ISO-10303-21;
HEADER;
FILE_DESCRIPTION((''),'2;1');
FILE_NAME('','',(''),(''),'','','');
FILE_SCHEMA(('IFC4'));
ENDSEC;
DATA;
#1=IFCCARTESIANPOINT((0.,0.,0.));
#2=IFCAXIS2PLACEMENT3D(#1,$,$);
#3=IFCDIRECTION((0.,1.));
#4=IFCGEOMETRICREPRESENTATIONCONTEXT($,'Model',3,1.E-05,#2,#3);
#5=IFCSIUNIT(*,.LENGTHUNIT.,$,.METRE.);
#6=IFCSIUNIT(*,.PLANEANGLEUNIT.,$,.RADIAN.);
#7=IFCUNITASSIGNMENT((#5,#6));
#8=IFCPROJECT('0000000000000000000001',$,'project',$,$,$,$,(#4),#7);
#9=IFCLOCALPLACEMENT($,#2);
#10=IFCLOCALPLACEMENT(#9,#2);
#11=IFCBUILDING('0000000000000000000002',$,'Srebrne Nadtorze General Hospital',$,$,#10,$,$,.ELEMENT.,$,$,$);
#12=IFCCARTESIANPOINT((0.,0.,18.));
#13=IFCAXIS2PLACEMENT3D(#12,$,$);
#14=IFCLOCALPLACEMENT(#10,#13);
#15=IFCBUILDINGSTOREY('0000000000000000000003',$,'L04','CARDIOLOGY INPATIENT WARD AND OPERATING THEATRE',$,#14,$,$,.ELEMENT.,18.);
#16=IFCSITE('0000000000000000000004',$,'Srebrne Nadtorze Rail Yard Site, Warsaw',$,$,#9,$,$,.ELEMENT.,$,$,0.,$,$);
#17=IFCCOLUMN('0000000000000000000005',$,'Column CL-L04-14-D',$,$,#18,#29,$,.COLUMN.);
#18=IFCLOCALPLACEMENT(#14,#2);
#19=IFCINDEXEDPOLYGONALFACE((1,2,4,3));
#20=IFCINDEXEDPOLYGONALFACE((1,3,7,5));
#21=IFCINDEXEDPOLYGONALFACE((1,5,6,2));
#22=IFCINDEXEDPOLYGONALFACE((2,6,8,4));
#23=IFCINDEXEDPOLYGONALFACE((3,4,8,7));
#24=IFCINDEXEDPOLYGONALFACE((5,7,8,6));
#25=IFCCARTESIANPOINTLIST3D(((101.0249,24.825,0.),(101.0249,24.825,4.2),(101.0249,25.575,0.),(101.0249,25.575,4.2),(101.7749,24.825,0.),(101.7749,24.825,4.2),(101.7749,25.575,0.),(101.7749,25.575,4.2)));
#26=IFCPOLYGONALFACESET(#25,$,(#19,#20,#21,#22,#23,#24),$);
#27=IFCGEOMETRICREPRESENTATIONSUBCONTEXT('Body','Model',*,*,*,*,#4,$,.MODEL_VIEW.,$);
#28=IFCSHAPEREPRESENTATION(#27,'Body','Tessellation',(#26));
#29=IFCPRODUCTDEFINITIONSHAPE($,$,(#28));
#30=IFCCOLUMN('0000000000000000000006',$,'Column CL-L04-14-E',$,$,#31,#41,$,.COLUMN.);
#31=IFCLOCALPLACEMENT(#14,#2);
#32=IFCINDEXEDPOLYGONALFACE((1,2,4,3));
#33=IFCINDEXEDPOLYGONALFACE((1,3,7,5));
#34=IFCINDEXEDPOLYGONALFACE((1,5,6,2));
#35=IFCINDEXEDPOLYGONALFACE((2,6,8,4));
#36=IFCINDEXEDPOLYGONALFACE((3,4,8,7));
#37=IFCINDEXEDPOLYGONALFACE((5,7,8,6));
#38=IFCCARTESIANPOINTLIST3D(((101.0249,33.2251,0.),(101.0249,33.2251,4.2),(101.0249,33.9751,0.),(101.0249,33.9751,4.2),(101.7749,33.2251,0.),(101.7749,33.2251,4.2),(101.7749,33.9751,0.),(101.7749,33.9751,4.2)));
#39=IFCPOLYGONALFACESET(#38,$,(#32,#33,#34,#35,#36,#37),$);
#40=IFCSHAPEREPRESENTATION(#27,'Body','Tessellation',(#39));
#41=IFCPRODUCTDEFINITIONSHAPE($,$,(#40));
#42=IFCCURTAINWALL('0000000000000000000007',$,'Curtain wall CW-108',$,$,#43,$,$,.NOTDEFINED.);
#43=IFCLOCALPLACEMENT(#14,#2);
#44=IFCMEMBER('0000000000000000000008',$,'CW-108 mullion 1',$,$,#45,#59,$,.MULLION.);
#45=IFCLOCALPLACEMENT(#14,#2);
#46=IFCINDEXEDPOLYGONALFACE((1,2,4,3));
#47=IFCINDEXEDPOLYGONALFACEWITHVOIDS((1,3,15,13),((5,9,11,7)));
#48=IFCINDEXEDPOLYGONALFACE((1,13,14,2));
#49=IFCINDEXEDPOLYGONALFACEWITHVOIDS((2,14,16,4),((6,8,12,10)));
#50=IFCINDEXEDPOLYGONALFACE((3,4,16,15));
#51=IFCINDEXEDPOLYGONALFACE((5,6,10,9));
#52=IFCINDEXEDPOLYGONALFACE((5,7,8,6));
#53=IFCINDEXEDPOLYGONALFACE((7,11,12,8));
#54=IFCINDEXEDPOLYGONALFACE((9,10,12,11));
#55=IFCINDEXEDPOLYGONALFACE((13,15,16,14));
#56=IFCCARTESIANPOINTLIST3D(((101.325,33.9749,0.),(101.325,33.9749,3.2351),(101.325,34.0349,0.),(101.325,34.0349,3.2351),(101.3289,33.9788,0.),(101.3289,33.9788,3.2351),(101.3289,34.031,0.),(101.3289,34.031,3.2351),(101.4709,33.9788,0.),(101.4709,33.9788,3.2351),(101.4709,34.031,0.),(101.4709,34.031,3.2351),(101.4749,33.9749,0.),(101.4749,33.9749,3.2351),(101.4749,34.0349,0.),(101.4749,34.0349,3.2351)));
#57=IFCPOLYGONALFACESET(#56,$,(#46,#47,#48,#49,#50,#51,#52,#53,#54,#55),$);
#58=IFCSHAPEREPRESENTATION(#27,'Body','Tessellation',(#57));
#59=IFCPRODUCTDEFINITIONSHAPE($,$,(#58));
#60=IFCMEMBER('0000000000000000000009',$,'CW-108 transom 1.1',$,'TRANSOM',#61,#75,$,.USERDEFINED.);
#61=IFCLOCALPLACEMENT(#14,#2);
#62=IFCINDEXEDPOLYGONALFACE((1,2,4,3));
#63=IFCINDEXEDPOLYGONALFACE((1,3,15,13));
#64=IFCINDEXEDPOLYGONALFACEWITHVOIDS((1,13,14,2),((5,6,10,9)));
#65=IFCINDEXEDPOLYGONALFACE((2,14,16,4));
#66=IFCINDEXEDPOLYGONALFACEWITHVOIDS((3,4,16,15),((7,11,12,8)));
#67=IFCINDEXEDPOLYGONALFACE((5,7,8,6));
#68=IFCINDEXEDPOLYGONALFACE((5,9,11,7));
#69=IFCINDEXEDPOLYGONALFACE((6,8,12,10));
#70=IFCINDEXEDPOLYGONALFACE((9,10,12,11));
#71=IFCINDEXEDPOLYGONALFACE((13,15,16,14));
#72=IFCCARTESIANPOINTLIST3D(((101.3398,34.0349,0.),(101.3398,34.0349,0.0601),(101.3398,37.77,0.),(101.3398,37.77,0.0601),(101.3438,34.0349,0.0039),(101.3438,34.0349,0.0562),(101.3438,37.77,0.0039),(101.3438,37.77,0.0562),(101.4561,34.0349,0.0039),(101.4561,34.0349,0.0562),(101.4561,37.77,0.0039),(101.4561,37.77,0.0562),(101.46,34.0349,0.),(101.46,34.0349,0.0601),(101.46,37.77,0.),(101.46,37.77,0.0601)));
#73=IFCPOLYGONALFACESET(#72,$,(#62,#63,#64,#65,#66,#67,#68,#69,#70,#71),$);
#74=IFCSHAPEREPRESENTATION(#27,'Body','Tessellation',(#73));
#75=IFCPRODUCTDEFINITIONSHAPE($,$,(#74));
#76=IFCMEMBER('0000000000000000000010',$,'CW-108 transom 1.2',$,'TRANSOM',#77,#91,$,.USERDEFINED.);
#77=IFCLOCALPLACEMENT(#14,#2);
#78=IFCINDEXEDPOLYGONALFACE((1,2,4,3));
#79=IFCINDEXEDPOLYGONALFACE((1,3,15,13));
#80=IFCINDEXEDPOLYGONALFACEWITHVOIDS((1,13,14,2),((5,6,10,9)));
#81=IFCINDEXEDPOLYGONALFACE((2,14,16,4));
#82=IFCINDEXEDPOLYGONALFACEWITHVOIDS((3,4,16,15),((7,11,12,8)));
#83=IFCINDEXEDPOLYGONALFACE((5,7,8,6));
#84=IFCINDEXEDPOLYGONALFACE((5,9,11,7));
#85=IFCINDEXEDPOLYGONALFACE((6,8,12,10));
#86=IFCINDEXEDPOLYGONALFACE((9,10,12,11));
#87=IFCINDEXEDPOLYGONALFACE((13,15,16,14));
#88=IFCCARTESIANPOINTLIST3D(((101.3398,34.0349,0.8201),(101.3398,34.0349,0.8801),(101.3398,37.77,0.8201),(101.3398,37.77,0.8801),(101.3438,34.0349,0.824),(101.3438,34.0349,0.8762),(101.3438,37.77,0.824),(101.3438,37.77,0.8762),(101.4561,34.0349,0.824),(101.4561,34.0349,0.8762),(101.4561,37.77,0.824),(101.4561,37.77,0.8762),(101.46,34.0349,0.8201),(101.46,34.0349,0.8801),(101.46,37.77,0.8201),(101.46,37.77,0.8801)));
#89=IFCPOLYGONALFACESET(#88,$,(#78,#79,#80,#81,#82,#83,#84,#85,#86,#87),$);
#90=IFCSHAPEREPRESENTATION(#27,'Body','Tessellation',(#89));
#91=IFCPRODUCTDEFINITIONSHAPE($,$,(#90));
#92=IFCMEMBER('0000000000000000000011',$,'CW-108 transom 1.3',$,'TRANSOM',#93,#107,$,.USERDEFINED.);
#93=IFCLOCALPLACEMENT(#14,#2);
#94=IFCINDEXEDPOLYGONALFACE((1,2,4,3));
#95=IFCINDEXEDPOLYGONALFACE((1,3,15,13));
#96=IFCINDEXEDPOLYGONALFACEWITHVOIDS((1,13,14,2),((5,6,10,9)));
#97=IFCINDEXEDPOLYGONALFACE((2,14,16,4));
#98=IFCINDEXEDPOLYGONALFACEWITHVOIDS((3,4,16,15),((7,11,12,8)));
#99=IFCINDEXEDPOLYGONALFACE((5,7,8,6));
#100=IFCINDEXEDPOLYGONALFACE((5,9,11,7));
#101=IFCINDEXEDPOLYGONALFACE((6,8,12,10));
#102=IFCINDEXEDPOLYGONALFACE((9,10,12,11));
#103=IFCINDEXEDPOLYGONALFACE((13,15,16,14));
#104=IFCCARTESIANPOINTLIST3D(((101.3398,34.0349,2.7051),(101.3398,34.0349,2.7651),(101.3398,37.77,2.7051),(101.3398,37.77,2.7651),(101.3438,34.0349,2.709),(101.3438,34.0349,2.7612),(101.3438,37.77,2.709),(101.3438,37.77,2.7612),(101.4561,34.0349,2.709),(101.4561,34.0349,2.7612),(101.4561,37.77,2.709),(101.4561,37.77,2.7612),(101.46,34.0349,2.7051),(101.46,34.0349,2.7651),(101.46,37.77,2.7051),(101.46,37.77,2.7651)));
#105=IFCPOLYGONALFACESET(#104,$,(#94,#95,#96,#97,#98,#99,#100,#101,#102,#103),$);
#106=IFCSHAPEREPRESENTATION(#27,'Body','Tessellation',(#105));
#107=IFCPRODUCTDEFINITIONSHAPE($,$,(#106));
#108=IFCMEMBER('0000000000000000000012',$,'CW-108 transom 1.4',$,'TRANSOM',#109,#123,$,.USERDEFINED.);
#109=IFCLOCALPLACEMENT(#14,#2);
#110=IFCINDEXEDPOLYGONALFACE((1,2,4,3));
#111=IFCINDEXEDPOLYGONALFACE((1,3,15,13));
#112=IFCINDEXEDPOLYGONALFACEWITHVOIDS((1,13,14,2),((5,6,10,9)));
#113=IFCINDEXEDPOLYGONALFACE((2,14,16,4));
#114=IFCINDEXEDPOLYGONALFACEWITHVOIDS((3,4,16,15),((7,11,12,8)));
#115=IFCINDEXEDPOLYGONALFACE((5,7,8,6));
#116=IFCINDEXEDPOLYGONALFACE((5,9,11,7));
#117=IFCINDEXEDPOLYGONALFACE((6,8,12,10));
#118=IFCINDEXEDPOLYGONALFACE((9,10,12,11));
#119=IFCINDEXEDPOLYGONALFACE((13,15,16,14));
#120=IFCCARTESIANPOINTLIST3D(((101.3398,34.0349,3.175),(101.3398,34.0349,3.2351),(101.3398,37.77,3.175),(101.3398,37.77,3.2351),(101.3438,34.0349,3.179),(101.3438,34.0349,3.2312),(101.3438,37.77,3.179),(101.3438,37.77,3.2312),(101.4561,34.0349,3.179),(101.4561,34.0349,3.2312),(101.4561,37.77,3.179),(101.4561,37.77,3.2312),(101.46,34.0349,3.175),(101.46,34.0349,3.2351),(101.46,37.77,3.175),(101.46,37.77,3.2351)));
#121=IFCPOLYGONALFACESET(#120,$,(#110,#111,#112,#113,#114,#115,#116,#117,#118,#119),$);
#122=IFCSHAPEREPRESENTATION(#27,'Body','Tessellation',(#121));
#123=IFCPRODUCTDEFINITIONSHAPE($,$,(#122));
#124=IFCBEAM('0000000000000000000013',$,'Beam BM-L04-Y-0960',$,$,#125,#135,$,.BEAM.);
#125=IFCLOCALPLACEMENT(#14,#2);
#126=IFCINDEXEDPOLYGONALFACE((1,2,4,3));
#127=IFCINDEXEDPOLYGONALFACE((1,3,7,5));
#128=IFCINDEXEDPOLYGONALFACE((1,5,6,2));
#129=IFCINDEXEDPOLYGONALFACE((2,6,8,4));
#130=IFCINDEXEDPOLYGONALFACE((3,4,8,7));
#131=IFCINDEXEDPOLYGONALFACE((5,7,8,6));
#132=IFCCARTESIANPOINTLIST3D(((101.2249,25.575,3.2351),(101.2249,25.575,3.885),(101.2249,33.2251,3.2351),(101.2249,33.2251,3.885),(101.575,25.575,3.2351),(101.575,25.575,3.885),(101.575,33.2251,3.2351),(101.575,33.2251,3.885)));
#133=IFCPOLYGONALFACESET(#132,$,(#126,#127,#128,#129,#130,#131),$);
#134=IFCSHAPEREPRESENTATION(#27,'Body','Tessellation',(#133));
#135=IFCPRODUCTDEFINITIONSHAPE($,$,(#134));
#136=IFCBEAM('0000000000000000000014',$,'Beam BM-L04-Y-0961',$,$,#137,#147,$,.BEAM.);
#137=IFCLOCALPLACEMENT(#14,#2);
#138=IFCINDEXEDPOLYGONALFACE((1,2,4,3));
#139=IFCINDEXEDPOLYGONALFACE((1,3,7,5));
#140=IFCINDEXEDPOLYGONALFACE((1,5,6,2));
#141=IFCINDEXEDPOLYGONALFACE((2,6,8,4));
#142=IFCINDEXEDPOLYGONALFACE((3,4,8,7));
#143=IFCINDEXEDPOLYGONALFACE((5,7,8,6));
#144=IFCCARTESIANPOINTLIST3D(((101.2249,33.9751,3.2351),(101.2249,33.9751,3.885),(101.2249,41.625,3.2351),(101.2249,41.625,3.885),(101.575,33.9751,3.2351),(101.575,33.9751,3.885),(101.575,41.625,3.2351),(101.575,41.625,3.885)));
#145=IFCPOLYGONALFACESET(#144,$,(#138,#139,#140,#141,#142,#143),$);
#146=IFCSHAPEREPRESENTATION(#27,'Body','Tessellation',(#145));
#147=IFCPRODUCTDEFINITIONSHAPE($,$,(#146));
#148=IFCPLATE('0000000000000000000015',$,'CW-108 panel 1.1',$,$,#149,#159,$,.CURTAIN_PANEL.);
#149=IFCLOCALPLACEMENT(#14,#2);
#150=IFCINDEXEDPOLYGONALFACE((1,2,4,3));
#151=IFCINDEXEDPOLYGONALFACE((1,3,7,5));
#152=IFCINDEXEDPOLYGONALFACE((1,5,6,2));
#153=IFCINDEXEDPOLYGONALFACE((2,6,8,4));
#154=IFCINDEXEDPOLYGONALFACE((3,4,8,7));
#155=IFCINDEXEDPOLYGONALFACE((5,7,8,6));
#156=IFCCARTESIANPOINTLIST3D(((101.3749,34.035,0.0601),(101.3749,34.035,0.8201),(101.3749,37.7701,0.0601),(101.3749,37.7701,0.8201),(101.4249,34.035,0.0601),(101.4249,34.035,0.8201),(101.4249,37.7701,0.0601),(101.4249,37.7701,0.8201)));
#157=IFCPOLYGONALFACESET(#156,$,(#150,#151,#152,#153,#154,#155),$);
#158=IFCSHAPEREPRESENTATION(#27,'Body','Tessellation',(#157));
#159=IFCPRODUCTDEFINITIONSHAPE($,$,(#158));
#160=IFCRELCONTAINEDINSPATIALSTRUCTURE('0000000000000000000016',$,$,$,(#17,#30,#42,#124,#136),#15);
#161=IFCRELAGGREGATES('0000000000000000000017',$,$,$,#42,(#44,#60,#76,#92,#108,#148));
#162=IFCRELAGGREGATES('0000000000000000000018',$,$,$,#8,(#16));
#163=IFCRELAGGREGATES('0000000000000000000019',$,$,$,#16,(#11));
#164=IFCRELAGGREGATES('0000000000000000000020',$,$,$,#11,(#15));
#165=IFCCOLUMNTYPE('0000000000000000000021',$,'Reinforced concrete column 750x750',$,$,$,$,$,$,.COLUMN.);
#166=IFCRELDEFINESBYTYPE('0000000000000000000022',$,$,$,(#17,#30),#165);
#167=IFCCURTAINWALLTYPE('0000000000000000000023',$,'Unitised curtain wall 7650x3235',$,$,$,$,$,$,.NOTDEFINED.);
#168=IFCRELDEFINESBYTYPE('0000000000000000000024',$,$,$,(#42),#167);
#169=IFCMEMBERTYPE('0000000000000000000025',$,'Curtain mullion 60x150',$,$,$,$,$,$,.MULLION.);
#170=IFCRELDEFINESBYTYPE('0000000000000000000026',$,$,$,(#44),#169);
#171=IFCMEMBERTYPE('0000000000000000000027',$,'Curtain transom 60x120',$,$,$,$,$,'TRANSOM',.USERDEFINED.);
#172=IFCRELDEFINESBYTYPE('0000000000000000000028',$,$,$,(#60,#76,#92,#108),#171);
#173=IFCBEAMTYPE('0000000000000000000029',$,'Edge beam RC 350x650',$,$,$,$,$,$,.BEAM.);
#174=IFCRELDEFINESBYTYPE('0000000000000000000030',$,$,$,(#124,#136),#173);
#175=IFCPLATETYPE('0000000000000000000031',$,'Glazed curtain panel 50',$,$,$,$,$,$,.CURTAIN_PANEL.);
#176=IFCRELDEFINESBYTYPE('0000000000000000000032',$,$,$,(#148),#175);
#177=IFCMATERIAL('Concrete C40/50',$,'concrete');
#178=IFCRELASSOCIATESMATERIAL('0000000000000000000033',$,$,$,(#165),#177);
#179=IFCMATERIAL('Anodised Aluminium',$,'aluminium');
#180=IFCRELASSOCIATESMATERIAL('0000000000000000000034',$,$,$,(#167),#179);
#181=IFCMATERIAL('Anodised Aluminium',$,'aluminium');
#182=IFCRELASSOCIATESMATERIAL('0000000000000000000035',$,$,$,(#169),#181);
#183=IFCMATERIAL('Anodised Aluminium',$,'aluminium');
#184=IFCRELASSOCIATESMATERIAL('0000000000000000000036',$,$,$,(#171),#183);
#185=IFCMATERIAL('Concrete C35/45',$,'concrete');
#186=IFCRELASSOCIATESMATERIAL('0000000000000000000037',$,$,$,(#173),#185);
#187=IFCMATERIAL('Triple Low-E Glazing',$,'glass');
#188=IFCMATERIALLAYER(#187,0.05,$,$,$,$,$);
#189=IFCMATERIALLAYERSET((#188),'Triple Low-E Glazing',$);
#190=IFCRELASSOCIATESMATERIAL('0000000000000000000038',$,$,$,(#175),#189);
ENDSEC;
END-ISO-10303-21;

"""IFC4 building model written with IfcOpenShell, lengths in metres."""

from ifc_helpers import new_model, si_unit, direction, frame, origin, origin_2d, place, context, subcontext, project, spatial, rectangle, hollow_rectangle, extrude, material, layer, layer_set, material_profile, profile_set, type_object, element, aggregate, save


model = new_model("IFC4")

# Units and contexts
model_context = context("Model", 3, precision=1e-05, world=origin(), true_north=direction((0.0, 1.0)))
body_context = subcontext(model_context, "Body", "Model", "MODEL_VIEW")
ifc_project = project(units=[si_unit("LENGTHUNIT", "METRE"), si_unit("PLANEANGLEUNIT", "RADIAN")], contexts=[model_context])

# Site, building, storey
site_placement = place(None, origin())
site = spatial("IfcSite", under=ifc_project, at=site_placement, Name="Srebrne Nadtorze Rail Yard Site, Warsaw", CompositionType="ELEMENT", RefElevation=0.0)
building_placement = place(site_placement, origin())
building = spatial("IfcBuilding", under=site, at=building_placement, Name="Srebrne Nadtorze General Hospital", CompositionType="ELEMENT")
storey_placement = place(building_placement, frame((0.0, 0.0, 18.0)))
storey = spatial("IfcBuildingStorey", under=building, at=storey_placement, Name="L04", Description="CARDIOLOGY INPATIENT WARD AND OPERATING THEATRE", CompositionType="ELEMENT", Elevation=18.0)

# Columns
ifc_material_1 = material(Name="Concrete C40/50", Category="concrete")
ifc_material_profile_1 = material_profile(ifc_material_1, rectangle(XDim=0.75, YDim=0.75, at=origin_2d()), Name="RC-COL-750x750")
ifc_profile_set_1 = profile_set([ifc_material_profile_1], Name="Concrete C40/50")
column_type = type_object("IfcColumnType", Name="Reinforced concrete column 750x750", PredefinedType="COLUMN", material=ifc_profile_set_1)
for number, where, z_axis, x_axis, name in (
    (1, (101.3999, 25.2, 0.0), (0.0, 0.0, 1.0), (1.0, 0.0, 0.0), "Column CL-L04-14-D"),
    (2, (101.3999, 33.6001, 0.0), (0.0, 0.0, 1.0), (1.0, 0.0, 0.0), "Column CL-L04-14-E"),
):
    element("IfcColumn", number, at=place(storey_placement, frame(where, z_axis=z_axis, x_axis=x_axis)), inside=storey, type_object=column_type, Name=name, PredefinedType="COLUMN", context=body_context, shape_type="SweptSolid", body=[
        extrude(rectangle(XDim=0.75, YDim=0.75, at=origin_2d()), origin(), (0.0, 0.0, 1.0), 4.2),
    ])

# Curtain wall, members
ifc_material_2 = material(Name="Anodised Aluminium", Category="aluminium")
curtain_wall_type = type_object("IfcCurtainWallType", Name="Unitised curtain wall 7650x3235", PredefinedType="NOTDEFINED", material=ifc_material_2)
curtain_wall_placement = place(storey_placement, origin())
curtain_wall = element("IfcCurtainWall", 3, at=curtain_wall_placement, inside=storey, type_object=curtain_wall_type, Name="Curtain wall CW-108", PredefinedType="NOTDEFINED")
ifc_material_3 = material(Name="Anodised Aluminium", Category="aluminium")
ifc_material_profile_2 = material_profile(ifc_material_3, hollow_rectangle(XDim=0.0601, YDim=0.1499, WallThickness=0.0039, at=origin_2d()), Name="AL-MUL-60x150")
ifc_profile_set_2 = profile_set([ifc_material_profile_2], Name="Anodised Aluminium")
member_type_1 = type_object("IfcMemberType", Name="Curtain mullion 60x150", PredefinedType="MULLION", material=ifc_profile_set_2)
member_1_placement = place(storey_placement, frame((101.3999, 34.0049, 0.0), z_axis=(0.0, 0.0, 1.0), x_axis=(0.0, 1.0, 0.0)))
member_1 = element("IfcMember", 4, at=member_1_placement, type_object=member_type_1, Name="CW-108 mullion 1", PredefinedType="MULLION", context=body_context, shape_type="SweptSolid", body=[
    extrude(hollow_rectangle(XDim=0.0601, YDim=0.1499, WallThickness=0.0039, at=origin_2d()), origin(), (0.0, 0.0, 1.0), 3.2351),
])
ifc_material_4 = material(Name="Anodised Aluminium", Category="aluminium")
ifc_material_profile_3 = material_profile(ifc_material_4, hollow_rectangle(XDim=0.0601, YDim=0.1201, WallThickness=0.0039, at=origin_2d()), Name="AL-TRN-60x120")
ifc_profile_set_3 = profile_set([ifc_material_profile_3], Name="Anodised Aluminium")
member_type_2 = type_object("IfcMemberType", Name="Curtain transom 60x120", ElementType="TRANSOM", PredefinedType="USERDEFINED", material=ifc_profile_set_3)
member_2_placement = place(storey_placement, frame((101.3999, 34.0349, 0.03), z_axis=(0.0, 1.0, 0.0), x_axis=(0.0, 0.0, 1.0)))
member_2 = element("IfcMember", 5, at=member_2_placement, type_object=member_type_2, Name="CW-108 transom 1.1", ObjectType="TRANSOM", PredefinedType="USERDEFINED", context=body_context, shape_type="SweptSolid", body=[
    extrude(hollow_rectangle(XDim=0.0601, YDim=0.1201, WallThickness=0.0039, at=origin_2d()), origin(), (0.0, 0.0, 1.0), 3.7351),
])
member_3_placement = place(storey_placement, frame((101.3999, 34.0349, 0.8501), z_axis=(0.0, 1.0, 0.0), x_axis=(0.0, 0.0, 1.0)))
member_3 = element("IfcMember", 6, at=member_3_placement, type_object=member_type_2, Name="CW-108 transom 1.2", ObjectType="TRANSOM", PredefinedType="USERDEFINED", context=body_context, shape_type="SweptSolid", body=[
    extrude(hollow_rectangle(XDim=0.0601, YDim=0.1201, WallThickness=0.0039, at=origin_2d()), origin(), (0.0, 0.0, 1.0), 3.7351),
])
member_4_placement = place(storey_placement, frame((101.3999, 34.0349, 2.7351), z_axis=(0.0, 1.0, 0.0), x_axis=(0.0, 0.0, 1.0)))
member_4 = element("IfcMember", 7, at=member_4_placement, type_object=member_type_2, Name="CW-108 transom 1.3", ObjectType="TRANSOM", PredefinedType="USERDEFINED", context=body_context, shape_type="SweptSolid", body=[
    extrude(hollow_rectangle(XDim=0.0601, YDim=0.1201, WallThickness=0.0039, at=origin_2d()), origin(), (0.0, 0.0, 1.0), 3.7351),
])
member_5_placement = place(storey_placement, frame((101.3999, 34.0349, 3.2051), z_axis=(0.0, 1.0, 0.0), x_axis=(0.0, 0.0, 1.0)))
member_5 = element("IfcMember", 8, at=member_5_placement, type_object=member_type_2, Name="CW-108 transom 1.4", ObjectType="TRANSOM", PredefinedType="USERDEFINED", context=body_context, shape_type="SweptSolid", body=[
    extrude(hollow_rectangle(XDim=0.0601, YDim=0.1201, WallThickness=0.0039, at=origin_2d()), origin(), (0.0, 0.0, 1.0), 3.7351),
])

# Beams
ifc_material_5 = material(Name="Concrete C35/45", Category="concrete")
ifc_material_profile_4 = material_profile(ifc_material_5, rectangle(XDim=0.3501, YDim=0.6499, at=origin_2d()), Name="RC-BM-350x650")
ifc_profile_set_4 = profile_set([ifc_material_profile_4], Name="Concrete C35/45")
beam_type = type_object("IfcBeamType", Name="Edge beam RC 350x650", PredefinedType="BEAM", material=ifc_profile_set_4)
beam_1_placement = place(storey_placement, frame((101.3999, 25.575, 3.5601), z_axis=(0.0, 1.0, 0.0), x_axis=(-1.0, 0.0, 0.0)))
element("IfcBeam", 9, at=beam_1_placement, inside=storey, type_object=beam_type, Name="Beam BM-L04-Y-0960", PredefinedType="BEAM", context=body_context, shape_type="SweptSolid", body=[
    extrude(rectangle(XDim=0.3501, YDim=0.6499, at=origin_2d()), origin(), (0.0, 0.0, 1.0), 7.6501),
])
beam_2_placement = place(storey_placement, frame((101.3999, 33.9751, 3.5601), z_axis=(0.0, 1.0, 0.0), x_axis=(-1.0, 0.0, 0.0)))
element("IfcBeam", 10, at=beam_2_placement, inside=storey, type_object=beam_type, Name="Beam BM-L04-Y-0961", PredefinedType="BEAM", context=body_context, shape_type="SweptSolid", body=[
    extrude(rectangle(XDim=0.3501, YDim=0.6499, at=origin_2d()), origin(), (0.0, 0.0, 1.0), 7.6499),
])

# Plate
ifc_material_6 = material(Name="Triple Low-E Glazing", Category="glass")
ifc_layer_1 = layer(ifc_material_6, 0.05)
ifc_layer_set_1 = layer_set([ifc_layer_1], Name="Triple Low-E Glazing")
plate_type = type_object("IfcPlateType", Name="Glazed curtain panel 50", PredefinedType="CURTAIN_PANEL", material=ifc_layer_set_1)
plate_placement = place(storey_placement, frame((101.3999, 35.9026, 0.0601), z_axis=(0.0, 0.0, 1.0), x_axis=(0.0, 1.0, 0.0)))
plate = element("IfcPlate", 11, at=plate_placement, type_object=plate_type, Name="CW-108 panel 1.1", PredefinedType="CURTAIN_PANEL", context=body_context, shape_type="SweptSolid", body=[
    extrude(rectangle(XDim=3.7351, YDim=0.05, at=origin_2d()), origin(), (0.0, 0.0, 1.0), 0.76),
])
aggregate(curtain_wall, [member_1, member_2, member_3, member_4, member_5, plate])

save(model, "model.ifc")
